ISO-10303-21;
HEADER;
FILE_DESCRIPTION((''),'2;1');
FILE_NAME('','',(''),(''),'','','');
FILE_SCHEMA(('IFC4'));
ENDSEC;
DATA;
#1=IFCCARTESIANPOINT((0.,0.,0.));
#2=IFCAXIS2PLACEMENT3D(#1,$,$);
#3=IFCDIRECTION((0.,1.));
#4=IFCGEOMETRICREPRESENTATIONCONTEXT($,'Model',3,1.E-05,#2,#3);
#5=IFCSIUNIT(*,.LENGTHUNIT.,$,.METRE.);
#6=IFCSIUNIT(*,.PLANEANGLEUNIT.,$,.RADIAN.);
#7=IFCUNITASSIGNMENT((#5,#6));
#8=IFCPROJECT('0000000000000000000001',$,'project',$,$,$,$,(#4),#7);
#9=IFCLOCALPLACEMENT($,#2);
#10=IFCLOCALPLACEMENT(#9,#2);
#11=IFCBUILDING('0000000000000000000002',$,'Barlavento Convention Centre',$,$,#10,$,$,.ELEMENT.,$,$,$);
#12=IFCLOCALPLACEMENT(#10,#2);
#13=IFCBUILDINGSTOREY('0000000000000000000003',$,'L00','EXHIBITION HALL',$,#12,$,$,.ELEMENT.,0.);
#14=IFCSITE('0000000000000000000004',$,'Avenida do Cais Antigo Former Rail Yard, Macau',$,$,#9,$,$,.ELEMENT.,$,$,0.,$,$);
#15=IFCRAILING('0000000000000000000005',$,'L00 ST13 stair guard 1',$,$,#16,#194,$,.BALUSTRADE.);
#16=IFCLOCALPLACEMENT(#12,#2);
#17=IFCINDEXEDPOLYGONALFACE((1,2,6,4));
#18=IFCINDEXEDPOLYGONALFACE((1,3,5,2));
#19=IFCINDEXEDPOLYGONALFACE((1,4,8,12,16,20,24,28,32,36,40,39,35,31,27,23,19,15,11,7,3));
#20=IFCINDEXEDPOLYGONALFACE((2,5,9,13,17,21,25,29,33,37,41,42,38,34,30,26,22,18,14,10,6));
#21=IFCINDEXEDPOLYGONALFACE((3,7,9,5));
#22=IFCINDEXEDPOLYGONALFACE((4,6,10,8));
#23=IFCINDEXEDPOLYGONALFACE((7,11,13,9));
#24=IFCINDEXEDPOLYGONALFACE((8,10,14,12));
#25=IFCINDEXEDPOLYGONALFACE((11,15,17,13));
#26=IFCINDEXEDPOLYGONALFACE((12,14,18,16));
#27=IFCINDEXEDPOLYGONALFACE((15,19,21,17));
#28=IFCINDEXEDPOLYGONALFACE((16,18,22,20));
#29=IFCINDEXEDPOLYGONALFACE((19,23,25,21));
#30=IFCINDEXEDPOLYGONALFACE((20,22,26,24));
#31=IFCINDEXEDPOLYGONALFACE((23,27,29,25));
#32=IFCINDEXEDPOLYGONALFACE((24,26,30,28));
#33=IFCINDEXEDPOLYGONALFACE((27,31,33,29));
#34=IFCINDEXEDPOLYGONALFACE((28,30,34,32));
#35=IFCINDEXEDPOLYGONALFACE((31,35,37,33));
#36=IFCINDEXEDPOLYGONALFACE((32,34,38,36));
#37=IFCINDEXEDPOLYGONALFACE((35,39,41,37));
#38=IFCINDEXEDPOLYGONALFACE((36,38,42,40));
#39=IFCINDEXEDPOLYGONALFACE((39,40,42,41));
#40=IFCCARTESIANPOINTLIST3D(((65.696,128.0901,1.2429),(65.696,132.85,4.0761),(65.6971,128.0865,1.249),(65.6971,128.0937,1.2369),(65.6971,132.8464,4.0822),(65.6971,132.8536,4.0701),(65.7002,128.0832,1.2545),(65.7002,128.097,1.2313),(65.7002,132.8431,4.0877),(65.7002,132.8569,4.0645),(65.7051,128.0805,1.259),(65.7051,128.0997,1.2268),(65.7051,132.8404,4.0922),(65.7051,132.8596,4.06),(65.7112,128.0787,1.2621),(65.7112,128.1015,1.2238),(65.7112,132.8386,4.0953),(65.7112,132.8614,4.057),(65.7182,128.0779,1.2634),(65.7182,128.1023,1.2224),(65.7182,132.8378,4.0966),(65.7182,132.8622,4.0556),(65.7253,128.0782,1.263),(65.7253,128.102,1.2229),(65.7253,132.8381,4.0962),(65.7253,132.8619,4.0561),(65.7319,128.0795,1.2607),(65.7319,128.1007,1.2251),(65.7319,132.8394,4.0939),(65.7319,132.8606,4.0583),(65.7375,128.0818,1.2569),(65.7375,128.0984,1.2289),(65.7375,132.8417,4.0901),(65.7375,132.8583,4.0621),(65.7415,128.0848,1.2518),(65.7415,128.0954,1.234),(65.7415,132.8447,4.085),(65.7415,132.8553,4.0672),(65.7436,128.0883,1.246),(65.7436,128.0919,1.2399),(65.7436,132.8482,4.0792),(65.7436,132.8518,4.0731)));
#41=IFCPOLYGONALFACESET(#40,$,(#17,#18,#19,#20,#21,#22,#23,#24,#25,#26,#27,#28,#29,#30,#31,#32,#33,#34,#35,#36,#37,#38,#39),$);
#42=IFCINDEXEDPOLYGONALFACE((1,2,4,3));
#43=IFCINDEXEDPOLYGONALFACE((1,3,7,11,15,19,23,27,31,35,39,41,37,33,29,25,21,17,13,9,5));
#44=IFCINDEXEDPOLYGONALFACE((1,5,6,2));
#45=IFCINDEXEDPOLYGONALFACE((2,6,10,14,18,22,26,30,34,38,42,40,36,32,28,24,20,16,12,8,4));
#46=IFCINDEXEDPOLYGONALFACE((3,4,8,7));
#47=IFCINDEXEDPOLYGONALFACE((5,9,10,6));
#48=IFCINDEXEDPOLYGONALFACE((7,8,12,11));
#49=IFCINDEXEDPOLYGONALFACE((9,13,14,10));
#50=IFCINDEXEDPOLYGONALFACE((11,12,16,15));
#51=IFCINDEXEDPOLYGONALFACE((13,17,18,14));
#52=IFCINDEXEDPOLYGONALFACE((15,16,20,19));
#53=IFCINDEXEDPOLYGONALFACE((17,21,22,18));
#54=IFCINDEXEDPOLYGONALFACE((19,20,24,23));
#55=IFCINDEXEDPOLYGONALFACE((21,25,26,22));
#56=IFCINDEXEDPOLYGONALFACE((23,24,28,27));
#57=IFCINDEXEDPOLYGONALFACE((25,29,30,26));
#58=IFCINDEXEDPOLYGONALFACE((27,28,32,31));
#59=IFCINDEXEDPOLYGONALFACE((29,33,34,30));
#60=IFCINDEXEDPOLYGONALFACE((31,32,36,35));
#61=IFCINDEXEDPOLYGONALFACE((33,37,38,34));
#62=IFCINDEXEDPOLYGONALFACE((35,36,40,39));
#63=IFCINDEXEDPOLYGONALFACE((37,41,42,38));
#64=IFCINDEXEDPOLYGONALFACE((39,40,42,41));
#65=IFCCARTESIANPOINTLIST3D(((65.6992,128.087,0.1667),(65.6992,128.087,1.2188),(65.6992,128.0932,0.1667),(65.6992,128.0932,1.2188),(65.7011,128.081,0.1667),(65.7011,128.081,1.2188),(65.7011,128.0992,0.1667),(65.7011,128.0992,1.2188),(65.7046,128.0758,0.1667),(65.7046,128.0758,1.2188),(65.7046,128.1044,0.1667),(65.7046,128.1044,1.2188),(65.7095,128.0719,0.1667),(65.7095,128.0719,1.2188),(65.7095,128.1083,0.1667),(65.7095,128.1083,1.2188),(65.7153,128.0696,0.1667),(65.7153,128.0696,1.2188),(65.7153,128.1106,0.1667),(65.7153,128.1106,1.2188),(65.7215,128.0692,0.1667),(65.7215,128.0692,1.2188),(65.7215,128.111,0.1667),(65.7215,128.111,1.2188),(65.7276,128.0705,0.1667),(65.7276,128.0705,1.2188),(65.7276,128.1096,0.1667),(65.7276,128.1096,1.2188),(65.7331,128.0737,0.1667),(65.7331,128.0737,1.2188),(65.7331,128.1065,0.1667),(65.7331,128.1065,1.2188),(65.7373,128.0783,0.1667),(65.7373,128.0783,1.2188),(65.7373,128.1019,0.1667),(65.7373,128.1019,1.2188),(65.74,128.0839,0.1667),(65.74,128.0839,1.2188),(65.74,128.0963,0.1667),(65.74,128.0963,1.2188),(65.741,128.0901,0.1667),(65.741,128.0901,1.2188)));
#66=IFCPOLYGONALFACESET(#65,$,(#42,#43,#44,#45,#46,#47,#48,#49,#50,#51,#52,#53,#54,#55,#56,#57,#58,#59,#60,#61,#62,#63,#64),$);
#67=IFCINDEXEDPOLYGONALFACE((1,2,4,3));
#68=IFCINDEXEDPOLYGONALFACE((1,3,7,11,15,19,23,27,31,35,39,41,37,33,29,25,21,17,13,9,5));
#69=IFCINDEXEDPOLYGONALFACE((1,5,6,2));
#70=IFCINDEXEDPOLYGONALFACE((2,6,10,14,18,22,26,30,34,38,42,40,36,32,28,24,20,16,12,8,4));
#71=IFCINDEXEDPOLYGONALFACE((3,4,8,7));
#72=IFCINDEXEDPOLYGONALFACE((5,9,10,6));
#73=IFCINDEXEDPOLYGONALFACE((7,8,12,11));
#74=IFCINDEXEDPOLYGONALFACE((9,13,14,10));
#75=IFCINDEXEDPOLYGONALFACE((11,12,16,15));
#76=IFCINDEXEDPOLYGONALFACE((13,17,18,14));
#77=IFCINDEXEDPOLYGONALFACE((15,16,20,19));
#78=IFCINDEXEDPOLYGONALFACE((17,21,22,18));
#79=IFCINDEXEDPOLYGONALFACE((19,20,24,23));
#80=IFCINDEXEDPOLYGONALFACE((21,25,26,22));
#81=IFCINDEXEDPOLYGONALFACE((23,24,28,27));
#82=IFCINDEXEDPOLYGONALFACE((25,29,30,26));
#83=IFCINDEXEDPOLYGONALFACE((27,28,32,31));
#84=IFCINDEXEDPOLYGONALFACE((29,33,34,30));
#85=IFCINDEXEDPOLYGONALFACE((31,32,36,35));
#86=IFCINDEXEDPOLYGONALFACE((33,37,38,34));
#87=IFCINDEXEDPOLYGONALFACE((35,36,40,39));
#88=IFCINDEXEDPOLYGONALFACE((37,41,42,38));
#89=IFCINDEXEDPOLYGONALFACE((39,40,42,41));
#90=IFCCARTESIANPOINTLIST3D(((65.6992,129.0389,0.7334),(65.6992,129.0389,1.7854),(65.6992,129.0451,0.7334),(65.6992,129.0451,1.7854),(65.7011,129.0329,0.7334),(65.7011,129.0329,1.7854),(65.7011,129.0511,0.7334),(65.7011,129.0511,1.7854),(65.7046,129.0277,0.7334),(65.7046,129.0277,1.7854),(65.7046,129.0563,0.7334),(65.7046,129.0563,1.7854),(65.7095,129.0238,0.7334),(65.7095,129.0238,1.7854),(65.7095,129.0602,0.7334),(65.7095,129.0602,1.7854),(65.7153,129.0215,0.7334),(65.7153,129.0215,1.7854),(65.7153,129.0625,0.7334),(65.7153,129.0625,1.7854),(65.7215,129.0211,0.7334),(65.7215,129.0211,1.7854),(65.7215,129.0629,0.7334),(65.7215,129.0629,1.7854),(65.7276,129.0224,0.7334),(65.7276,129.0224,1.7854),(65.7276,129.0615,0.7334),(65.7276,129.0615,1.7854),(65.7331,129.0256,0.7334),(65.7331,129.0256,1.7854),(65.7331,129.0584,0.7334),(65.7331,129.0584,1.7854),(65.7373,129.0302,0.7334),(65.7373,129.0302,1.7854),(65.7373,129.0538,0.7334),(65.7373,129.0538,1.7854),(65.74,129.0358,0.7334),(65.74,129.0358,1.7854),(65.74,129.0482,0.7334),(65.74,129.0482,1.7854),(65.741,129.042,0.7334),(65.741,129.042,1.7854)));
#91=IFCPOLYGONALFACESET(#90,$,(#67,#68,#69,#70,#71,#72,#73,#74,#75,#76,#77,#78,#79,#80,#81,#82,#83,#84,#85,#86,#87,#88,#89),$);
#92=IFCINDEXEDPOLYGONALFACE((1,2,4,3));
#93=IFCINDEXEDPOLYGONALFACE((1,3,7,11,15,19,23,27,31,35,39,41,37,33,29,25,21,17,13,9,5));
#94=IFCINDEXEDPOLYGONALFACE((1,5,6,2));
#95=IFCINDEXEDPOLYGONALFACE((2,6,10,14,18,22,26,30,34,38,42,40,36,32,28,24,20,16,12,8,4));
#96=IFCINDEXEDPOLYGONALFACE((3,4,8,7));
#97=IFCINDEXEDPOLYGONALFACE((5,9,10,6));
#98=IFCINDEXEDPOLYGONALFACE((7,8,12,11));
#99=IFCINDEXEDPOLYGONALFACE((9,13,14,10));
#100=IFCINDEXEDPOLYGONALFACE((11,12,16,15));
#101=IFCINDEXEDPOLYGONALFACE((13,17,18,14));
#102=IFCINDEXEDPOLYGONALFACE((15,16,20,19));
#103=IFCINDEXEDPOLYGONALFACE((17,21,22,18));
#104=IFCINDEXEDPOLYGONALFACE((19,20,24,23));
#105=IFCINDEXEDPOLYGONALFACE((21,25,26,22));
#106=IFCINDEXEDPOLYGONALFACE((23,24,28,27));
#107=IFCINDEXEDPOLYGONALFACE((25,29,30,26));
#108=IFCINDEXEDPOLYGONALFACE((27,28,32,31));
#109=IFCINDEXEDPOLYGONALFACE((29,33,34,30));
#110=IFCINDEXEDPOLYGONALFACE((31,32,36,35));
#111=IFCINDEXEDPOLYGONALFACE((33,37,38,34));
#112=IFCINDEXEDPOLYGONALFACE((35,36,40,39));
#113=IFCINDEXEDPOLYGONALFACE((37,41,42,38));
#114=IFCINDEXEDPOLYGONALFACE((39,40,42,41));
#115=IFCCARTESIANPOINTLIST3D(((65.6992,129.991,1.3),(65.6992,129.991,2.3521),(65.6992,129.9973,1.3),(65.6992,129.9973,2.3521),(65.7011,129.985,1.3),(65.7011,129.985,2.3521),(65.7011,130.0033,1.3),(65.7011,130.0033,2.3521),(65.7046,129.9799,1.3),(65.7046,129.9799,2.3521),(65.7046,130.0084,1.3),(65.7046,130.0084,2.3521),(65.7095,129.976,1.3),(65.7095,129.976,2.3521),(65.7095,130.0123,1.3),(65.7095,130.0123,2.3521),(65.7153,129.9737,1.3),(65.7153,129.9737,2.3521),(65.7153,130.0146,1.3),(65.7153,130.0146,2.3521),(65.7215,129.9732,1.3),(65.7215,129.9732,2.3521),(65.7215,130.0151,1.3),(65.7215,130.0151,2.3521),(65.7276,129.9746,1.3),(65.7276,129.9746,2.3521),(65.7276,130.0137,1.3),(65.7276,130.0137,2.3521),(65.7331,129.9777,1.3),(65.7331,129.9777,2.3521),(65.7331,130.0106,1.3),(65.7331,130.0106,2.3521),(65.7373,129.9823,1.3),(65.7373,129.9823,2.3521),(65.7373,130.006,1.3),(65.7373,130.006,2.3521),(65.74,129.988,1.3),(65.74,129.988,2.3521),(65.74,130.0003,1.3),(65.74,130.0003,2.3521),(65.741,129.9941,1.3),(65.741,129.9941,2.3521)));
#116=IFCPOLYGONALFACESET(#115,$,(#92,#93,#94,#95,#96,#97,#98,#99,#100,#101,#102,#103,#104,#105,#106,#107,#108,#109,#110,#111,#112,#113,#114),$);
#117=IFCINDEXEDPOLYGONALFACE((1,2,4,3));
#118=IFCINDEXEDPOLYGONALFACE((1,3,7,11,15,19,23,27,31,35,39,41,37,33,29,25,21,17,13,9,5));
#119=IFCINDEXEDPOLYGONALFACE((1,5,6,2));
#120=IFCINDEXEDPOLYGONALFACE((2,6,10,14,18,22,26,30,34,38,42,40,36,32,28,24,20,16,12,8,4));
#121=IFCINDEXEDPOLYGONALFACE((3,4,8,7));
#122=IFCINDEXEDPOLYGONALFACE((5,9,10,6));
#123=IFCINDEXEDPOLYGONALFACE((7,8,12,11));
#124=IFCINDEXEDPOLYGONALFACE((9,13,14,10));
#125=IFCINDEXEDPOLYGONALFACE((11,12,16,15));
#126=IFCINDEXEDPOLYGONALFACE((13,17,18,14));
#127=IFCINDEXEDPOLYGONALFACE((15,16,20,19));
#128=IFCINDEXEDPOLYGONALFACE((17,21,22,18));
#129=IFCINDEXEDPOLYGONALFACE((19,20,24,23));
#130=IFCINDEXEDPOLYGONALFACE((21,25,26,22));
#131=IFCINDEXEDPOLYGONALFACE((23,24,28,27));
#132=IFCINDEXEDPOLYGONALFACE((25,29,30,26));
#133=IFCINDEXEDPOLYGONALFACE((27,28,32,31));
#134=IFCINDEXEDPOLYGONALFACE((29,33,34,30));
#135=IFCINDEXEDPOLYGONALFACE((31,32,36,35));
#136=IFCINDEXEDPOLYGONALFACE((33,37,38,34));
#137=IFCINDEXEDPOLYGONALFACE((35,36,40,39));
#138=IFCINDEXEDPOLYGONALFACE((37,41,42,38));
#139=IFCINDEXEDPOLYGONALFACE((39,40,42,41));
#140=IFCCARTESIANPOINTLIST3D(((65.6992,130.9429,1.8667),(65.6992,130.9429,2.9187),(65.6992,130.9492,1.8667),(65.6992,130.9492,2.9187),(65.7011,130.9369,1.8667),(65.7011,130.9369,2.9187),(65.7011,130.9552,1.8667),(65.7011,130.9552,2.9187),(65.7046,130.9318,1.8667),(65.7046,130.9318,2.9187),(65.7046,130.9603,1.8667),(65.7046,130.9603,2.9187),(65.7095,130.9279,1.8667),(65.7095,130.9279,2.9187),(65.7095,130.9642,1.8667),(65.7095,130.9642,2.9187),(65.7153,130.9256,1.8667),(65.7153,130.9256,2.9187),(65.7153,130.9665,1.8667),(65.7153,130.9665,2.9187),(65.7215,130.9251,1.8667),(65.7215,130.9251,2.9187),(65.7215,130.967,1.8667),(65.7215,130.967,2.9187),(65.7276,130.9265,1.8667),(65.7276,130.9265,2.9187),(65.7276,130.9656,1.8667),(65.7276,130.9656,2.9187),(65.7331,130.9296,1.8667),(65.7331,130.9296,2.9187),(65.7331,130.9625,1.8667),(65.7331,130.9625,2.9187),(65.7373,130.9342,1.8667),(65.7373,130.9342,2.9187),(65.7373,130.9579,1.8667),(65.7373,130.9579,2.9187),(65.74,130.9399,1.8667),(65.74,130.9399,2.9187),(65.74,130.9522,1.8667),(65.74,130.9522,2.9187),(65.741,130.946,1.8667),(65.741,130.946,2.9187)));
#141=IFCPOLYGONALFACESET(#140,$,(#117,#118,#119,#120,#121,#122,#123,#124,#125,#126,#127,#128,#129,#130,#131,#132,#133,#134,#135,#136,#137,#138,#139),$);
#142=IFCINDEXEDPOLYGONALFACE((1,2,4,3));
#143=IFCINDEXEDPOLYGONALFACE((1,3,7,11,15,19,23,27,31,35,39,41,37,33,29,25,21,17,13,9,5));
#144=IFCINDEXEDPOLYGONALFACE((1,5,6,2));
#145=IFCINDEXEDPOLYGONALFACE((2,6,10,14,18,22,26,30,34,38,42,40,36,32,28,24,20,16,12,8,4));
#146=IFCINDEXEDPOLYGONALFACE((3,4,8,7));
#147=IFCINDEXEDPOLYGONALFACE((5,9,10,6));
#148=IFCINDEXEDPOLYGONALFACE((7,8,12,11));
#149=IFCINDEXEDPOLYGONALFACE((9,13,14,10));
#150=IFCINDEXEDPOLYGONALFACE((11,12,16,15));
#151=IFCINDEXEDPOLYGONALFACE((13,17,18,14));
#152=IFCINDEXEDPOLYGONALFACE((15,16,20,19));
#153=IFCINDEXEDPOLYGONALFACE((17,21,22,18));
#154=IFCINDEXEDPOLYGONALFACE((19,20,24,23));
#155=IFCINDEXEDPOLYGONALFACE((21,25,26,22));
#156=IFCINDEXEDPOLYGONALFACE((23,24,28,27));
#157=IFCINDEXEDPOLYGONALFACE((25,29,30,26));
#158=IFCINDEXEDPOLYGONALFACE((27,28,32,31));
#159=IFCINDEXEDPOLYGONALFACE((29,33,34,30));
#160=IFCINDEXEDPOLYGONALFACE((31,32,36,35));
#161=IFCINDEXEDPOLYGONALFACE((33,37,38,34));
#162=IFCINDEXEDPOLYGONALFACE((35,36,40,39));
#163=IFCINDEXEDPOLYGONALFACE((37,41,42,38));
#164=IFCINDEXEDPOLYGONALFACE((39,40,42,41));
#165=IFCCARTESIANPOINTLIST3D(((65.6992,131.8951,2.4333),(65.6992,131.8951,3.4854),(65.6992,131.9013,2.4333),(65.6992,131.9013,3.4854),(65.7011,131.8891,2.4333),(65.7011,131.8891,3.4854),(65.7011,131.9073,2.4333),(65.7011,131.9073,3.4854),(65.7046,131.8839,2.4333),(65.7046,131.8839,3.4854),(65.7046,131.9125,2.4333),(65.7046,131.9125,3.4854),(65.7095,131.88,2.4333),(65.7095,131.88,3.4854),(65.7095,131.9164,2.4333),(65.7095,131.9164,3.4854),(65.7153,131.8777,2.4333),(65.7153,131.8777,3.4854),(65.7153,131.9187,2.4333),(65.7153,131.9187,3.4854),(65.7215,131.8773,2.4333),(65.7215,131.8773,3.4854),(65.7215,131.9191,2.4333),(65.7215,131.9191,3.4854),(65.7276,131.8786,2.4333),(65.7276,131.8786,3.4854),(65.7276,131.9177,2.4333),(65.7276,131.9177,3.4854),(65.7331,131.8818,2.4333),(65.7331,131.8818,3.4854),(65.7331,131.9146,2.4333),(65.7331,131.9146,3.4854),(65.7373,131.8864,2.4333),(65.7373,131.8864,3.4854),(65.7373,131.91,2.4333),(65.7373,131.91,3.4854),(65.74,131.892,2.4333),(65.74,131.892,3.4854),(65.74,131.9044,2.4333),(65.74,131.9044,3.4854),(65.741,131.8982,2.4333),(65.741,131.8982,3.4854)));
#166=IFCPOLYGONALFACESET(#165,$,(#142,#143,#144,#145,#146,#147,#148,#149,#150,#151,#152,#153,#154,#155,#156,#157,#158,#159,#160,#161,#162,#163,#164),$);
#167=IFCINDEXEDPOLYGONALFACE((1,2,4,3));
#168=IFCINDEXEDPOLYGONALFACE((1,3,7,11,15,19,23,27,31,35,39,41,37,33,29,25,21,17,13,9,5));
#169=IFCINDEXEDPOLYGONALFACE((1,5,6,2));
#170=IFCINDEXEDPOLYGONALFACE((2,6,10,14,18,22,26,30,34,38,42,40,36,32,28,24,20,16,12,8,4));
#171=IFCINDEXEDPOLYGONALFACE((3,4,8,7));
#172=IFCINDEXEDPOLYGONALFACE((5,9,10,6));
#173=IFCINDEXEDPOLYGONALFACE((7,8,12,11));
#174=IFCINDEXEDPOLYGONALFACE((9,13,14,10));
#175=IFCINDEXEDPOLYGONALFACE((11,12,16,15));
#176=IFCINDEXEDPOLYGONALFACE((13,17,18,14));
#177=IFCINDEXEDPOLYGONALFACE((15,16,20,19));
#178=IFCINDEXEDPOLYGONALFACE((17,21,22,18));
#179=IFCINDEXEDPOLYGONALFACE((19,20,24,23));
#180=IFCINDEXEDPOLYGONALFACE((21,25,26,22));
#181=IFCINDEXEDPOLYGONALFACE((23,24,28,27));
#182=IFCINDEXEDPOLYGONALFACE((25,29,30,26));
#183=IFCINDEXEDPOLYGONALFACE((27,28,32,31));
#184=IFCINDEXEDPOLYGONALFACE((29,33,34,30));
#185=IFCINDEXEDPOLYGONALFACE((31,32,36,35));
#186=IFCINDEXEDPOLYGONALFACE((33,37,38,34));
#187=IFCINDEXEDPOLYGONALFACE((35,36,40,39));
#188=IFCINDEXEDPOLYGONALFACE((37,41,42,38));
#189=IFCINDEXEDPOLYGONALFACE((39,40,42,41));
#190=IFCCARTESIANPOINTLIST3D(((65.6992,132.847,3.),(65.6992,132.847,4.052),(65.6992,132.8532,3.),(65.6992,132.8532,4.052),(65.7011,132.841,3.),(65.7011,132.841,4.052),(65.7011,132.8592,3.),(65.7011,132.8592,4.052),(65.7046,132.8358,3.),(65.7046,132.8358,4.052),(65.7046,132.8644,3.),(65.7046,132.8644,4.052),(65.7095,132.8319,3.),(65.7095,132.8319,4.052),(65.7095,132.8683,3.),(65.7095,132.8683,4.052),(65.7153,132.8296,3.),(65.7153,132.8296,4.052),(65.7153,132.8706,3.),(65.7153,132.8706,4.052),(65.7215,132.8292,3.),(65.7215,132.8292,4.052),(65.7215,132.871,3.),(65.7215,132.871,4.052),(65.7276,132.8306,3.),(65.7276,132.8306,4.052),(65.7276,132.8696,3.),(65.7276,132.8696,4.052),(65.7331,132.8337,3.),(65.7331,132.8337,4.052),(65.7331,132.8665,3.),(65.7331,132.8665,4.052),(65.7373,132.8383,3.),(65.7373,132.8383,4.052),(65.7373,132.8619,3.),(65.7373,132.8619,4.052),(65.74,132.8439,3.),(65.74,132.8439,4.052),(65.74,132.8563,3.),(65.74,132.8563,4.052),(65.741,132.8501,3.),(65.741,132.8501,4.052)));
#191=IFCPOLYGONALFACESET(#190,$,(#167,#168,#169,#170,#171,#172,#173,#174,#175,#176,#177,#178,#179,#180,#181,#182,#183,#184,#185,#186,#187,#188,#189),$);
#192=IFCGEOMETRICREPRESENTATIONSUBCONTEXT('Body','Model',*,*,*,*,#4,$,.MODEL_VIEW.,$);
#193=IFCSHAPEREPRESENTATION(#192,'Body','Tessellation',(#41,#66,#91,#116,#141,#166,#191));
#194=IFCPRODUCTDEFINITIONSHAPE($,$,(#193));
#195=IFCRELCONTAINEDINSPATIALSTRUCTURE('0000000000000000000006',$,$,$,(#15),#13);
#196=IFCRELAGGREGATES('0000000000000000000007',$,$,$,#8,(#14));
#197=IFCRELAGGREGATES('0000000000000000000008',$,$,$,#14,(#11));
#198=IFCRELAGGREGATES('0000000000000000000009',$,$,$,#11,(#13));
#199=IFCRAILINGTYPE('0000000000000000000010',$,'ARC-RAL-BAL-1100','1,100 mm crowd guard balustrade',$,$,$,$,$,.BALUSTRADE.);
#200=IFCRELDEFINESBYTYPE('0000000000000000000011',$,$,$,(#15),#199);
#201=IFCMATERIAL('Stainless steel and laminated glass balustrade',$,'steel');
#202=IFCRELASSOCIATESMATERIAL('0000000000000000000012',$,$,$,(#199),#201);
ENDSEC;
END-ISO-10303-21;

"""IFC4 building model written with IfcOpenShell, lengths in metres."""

from ifc_helpers import new_model, si_unit, direction, frame, origin, origin_2d, place, context, subcontext, project, spatial, circle, extrude, material, type_object, element, save


model = new_model("IFC4")

# Units and contexts
model_context = context("Model", 3, precision=1e-05, world=origin(), true_north=direction((0.0, 1.0)))
body_context = subcontext(model_context, "Body", "Model", "MODEL_VIEW")
ifc_project = project(units=[si_unit("LENGTHUNIT", "METRE"), si_unit("PLANEANGLEUNIT", "RADIAN")], contexts=[model_context])

# Site, building, storey
site_placement = place(None, origin())
site = spatial("IfcSite", under=ifc_project, at=site_placement, Name="Avenida do Cais Antigo Former Rail Yard, Macau", CompositionType="ELEMENT", RefElevation=0.0)
building_placement = place(site_placement, origin())
building = spatial("IfcBuilding", under=site, at=building_placement, Name="Barlavento Convention Centre", CompositionType="ELEMENT")
storey_placement = place(building_placement, origin())
storey = spatial("IfcBuildingStorey", under=building, at=storey_placement, Name="L00", Description="EXHIBITION HALL", CompositionType="ELEMENT", Elevation=0.0)

# Railing
ifc_material_1 = material(Name="Stainless steel and laminated glass balustrade", Category="steel")
railing_type_1 = type_object("IfcRailingType", Name="ARC-RAL-BAL-1100", Description="1,100 mm crowd guard balustrade", PredefinedType="BALUSTRADE", material=ifc_material_1)
railing_1_placement = place(storey_placement, frame((65.72, 128.0901, 0.1667)))
element("IfcRailing", 1, at=railing_1_placement, inside=storey, type_object=railing_type_1, Name="L00 ST13 stair guard 1", PredefinedType="BALUSTRADE", context=body_context, shape_type="SweptSolid", body=[
    extrude(circle(Radius=0.0239, at=origin_2d()), frame((0.0, 0.0, 1.0762), z_axis=(0.0, 0.8593, 0.511472), x_axis=(-1.0, 0.0, 0.0)), (0.0, 0.0, 1.0), 5.5393),
    extrude(circle(Radius=0.021, at=origin_2d()), origin(), (0.0, 0.0, 1.0), 1.052),
    extrude(circle(Radius=0.021, at=origin_2d()), frame((0.0, 0.9519, 0.5667)), (0.0, 0.0, 1.0), 1.052),
    extrude(circle(Radius=0.021, at=origin_2d()), frame((0.0, 1.9041, 1.1333)), (0.0, 0.0, 1.0), 1.052),
    extrude(circle(Radius=0.021, at=origin_2d()), frame((0.0, 2.856, 1.7)), (0.0, 0.0, 1.0), 1.052),
    extrude(circle(Radius=0.021, at=origin_2d()), frame((0.0, 3.8081, 2.2666)), (0.0, 0.0, 1.0), 1.052),
    extrude(circle(Radius=0.021, at=origin_2d()), frame((0.0, 4.76, 2.8333)), (0.0, 0.0, 1.0), 1.052),
])

save(model, "model.ifc")
